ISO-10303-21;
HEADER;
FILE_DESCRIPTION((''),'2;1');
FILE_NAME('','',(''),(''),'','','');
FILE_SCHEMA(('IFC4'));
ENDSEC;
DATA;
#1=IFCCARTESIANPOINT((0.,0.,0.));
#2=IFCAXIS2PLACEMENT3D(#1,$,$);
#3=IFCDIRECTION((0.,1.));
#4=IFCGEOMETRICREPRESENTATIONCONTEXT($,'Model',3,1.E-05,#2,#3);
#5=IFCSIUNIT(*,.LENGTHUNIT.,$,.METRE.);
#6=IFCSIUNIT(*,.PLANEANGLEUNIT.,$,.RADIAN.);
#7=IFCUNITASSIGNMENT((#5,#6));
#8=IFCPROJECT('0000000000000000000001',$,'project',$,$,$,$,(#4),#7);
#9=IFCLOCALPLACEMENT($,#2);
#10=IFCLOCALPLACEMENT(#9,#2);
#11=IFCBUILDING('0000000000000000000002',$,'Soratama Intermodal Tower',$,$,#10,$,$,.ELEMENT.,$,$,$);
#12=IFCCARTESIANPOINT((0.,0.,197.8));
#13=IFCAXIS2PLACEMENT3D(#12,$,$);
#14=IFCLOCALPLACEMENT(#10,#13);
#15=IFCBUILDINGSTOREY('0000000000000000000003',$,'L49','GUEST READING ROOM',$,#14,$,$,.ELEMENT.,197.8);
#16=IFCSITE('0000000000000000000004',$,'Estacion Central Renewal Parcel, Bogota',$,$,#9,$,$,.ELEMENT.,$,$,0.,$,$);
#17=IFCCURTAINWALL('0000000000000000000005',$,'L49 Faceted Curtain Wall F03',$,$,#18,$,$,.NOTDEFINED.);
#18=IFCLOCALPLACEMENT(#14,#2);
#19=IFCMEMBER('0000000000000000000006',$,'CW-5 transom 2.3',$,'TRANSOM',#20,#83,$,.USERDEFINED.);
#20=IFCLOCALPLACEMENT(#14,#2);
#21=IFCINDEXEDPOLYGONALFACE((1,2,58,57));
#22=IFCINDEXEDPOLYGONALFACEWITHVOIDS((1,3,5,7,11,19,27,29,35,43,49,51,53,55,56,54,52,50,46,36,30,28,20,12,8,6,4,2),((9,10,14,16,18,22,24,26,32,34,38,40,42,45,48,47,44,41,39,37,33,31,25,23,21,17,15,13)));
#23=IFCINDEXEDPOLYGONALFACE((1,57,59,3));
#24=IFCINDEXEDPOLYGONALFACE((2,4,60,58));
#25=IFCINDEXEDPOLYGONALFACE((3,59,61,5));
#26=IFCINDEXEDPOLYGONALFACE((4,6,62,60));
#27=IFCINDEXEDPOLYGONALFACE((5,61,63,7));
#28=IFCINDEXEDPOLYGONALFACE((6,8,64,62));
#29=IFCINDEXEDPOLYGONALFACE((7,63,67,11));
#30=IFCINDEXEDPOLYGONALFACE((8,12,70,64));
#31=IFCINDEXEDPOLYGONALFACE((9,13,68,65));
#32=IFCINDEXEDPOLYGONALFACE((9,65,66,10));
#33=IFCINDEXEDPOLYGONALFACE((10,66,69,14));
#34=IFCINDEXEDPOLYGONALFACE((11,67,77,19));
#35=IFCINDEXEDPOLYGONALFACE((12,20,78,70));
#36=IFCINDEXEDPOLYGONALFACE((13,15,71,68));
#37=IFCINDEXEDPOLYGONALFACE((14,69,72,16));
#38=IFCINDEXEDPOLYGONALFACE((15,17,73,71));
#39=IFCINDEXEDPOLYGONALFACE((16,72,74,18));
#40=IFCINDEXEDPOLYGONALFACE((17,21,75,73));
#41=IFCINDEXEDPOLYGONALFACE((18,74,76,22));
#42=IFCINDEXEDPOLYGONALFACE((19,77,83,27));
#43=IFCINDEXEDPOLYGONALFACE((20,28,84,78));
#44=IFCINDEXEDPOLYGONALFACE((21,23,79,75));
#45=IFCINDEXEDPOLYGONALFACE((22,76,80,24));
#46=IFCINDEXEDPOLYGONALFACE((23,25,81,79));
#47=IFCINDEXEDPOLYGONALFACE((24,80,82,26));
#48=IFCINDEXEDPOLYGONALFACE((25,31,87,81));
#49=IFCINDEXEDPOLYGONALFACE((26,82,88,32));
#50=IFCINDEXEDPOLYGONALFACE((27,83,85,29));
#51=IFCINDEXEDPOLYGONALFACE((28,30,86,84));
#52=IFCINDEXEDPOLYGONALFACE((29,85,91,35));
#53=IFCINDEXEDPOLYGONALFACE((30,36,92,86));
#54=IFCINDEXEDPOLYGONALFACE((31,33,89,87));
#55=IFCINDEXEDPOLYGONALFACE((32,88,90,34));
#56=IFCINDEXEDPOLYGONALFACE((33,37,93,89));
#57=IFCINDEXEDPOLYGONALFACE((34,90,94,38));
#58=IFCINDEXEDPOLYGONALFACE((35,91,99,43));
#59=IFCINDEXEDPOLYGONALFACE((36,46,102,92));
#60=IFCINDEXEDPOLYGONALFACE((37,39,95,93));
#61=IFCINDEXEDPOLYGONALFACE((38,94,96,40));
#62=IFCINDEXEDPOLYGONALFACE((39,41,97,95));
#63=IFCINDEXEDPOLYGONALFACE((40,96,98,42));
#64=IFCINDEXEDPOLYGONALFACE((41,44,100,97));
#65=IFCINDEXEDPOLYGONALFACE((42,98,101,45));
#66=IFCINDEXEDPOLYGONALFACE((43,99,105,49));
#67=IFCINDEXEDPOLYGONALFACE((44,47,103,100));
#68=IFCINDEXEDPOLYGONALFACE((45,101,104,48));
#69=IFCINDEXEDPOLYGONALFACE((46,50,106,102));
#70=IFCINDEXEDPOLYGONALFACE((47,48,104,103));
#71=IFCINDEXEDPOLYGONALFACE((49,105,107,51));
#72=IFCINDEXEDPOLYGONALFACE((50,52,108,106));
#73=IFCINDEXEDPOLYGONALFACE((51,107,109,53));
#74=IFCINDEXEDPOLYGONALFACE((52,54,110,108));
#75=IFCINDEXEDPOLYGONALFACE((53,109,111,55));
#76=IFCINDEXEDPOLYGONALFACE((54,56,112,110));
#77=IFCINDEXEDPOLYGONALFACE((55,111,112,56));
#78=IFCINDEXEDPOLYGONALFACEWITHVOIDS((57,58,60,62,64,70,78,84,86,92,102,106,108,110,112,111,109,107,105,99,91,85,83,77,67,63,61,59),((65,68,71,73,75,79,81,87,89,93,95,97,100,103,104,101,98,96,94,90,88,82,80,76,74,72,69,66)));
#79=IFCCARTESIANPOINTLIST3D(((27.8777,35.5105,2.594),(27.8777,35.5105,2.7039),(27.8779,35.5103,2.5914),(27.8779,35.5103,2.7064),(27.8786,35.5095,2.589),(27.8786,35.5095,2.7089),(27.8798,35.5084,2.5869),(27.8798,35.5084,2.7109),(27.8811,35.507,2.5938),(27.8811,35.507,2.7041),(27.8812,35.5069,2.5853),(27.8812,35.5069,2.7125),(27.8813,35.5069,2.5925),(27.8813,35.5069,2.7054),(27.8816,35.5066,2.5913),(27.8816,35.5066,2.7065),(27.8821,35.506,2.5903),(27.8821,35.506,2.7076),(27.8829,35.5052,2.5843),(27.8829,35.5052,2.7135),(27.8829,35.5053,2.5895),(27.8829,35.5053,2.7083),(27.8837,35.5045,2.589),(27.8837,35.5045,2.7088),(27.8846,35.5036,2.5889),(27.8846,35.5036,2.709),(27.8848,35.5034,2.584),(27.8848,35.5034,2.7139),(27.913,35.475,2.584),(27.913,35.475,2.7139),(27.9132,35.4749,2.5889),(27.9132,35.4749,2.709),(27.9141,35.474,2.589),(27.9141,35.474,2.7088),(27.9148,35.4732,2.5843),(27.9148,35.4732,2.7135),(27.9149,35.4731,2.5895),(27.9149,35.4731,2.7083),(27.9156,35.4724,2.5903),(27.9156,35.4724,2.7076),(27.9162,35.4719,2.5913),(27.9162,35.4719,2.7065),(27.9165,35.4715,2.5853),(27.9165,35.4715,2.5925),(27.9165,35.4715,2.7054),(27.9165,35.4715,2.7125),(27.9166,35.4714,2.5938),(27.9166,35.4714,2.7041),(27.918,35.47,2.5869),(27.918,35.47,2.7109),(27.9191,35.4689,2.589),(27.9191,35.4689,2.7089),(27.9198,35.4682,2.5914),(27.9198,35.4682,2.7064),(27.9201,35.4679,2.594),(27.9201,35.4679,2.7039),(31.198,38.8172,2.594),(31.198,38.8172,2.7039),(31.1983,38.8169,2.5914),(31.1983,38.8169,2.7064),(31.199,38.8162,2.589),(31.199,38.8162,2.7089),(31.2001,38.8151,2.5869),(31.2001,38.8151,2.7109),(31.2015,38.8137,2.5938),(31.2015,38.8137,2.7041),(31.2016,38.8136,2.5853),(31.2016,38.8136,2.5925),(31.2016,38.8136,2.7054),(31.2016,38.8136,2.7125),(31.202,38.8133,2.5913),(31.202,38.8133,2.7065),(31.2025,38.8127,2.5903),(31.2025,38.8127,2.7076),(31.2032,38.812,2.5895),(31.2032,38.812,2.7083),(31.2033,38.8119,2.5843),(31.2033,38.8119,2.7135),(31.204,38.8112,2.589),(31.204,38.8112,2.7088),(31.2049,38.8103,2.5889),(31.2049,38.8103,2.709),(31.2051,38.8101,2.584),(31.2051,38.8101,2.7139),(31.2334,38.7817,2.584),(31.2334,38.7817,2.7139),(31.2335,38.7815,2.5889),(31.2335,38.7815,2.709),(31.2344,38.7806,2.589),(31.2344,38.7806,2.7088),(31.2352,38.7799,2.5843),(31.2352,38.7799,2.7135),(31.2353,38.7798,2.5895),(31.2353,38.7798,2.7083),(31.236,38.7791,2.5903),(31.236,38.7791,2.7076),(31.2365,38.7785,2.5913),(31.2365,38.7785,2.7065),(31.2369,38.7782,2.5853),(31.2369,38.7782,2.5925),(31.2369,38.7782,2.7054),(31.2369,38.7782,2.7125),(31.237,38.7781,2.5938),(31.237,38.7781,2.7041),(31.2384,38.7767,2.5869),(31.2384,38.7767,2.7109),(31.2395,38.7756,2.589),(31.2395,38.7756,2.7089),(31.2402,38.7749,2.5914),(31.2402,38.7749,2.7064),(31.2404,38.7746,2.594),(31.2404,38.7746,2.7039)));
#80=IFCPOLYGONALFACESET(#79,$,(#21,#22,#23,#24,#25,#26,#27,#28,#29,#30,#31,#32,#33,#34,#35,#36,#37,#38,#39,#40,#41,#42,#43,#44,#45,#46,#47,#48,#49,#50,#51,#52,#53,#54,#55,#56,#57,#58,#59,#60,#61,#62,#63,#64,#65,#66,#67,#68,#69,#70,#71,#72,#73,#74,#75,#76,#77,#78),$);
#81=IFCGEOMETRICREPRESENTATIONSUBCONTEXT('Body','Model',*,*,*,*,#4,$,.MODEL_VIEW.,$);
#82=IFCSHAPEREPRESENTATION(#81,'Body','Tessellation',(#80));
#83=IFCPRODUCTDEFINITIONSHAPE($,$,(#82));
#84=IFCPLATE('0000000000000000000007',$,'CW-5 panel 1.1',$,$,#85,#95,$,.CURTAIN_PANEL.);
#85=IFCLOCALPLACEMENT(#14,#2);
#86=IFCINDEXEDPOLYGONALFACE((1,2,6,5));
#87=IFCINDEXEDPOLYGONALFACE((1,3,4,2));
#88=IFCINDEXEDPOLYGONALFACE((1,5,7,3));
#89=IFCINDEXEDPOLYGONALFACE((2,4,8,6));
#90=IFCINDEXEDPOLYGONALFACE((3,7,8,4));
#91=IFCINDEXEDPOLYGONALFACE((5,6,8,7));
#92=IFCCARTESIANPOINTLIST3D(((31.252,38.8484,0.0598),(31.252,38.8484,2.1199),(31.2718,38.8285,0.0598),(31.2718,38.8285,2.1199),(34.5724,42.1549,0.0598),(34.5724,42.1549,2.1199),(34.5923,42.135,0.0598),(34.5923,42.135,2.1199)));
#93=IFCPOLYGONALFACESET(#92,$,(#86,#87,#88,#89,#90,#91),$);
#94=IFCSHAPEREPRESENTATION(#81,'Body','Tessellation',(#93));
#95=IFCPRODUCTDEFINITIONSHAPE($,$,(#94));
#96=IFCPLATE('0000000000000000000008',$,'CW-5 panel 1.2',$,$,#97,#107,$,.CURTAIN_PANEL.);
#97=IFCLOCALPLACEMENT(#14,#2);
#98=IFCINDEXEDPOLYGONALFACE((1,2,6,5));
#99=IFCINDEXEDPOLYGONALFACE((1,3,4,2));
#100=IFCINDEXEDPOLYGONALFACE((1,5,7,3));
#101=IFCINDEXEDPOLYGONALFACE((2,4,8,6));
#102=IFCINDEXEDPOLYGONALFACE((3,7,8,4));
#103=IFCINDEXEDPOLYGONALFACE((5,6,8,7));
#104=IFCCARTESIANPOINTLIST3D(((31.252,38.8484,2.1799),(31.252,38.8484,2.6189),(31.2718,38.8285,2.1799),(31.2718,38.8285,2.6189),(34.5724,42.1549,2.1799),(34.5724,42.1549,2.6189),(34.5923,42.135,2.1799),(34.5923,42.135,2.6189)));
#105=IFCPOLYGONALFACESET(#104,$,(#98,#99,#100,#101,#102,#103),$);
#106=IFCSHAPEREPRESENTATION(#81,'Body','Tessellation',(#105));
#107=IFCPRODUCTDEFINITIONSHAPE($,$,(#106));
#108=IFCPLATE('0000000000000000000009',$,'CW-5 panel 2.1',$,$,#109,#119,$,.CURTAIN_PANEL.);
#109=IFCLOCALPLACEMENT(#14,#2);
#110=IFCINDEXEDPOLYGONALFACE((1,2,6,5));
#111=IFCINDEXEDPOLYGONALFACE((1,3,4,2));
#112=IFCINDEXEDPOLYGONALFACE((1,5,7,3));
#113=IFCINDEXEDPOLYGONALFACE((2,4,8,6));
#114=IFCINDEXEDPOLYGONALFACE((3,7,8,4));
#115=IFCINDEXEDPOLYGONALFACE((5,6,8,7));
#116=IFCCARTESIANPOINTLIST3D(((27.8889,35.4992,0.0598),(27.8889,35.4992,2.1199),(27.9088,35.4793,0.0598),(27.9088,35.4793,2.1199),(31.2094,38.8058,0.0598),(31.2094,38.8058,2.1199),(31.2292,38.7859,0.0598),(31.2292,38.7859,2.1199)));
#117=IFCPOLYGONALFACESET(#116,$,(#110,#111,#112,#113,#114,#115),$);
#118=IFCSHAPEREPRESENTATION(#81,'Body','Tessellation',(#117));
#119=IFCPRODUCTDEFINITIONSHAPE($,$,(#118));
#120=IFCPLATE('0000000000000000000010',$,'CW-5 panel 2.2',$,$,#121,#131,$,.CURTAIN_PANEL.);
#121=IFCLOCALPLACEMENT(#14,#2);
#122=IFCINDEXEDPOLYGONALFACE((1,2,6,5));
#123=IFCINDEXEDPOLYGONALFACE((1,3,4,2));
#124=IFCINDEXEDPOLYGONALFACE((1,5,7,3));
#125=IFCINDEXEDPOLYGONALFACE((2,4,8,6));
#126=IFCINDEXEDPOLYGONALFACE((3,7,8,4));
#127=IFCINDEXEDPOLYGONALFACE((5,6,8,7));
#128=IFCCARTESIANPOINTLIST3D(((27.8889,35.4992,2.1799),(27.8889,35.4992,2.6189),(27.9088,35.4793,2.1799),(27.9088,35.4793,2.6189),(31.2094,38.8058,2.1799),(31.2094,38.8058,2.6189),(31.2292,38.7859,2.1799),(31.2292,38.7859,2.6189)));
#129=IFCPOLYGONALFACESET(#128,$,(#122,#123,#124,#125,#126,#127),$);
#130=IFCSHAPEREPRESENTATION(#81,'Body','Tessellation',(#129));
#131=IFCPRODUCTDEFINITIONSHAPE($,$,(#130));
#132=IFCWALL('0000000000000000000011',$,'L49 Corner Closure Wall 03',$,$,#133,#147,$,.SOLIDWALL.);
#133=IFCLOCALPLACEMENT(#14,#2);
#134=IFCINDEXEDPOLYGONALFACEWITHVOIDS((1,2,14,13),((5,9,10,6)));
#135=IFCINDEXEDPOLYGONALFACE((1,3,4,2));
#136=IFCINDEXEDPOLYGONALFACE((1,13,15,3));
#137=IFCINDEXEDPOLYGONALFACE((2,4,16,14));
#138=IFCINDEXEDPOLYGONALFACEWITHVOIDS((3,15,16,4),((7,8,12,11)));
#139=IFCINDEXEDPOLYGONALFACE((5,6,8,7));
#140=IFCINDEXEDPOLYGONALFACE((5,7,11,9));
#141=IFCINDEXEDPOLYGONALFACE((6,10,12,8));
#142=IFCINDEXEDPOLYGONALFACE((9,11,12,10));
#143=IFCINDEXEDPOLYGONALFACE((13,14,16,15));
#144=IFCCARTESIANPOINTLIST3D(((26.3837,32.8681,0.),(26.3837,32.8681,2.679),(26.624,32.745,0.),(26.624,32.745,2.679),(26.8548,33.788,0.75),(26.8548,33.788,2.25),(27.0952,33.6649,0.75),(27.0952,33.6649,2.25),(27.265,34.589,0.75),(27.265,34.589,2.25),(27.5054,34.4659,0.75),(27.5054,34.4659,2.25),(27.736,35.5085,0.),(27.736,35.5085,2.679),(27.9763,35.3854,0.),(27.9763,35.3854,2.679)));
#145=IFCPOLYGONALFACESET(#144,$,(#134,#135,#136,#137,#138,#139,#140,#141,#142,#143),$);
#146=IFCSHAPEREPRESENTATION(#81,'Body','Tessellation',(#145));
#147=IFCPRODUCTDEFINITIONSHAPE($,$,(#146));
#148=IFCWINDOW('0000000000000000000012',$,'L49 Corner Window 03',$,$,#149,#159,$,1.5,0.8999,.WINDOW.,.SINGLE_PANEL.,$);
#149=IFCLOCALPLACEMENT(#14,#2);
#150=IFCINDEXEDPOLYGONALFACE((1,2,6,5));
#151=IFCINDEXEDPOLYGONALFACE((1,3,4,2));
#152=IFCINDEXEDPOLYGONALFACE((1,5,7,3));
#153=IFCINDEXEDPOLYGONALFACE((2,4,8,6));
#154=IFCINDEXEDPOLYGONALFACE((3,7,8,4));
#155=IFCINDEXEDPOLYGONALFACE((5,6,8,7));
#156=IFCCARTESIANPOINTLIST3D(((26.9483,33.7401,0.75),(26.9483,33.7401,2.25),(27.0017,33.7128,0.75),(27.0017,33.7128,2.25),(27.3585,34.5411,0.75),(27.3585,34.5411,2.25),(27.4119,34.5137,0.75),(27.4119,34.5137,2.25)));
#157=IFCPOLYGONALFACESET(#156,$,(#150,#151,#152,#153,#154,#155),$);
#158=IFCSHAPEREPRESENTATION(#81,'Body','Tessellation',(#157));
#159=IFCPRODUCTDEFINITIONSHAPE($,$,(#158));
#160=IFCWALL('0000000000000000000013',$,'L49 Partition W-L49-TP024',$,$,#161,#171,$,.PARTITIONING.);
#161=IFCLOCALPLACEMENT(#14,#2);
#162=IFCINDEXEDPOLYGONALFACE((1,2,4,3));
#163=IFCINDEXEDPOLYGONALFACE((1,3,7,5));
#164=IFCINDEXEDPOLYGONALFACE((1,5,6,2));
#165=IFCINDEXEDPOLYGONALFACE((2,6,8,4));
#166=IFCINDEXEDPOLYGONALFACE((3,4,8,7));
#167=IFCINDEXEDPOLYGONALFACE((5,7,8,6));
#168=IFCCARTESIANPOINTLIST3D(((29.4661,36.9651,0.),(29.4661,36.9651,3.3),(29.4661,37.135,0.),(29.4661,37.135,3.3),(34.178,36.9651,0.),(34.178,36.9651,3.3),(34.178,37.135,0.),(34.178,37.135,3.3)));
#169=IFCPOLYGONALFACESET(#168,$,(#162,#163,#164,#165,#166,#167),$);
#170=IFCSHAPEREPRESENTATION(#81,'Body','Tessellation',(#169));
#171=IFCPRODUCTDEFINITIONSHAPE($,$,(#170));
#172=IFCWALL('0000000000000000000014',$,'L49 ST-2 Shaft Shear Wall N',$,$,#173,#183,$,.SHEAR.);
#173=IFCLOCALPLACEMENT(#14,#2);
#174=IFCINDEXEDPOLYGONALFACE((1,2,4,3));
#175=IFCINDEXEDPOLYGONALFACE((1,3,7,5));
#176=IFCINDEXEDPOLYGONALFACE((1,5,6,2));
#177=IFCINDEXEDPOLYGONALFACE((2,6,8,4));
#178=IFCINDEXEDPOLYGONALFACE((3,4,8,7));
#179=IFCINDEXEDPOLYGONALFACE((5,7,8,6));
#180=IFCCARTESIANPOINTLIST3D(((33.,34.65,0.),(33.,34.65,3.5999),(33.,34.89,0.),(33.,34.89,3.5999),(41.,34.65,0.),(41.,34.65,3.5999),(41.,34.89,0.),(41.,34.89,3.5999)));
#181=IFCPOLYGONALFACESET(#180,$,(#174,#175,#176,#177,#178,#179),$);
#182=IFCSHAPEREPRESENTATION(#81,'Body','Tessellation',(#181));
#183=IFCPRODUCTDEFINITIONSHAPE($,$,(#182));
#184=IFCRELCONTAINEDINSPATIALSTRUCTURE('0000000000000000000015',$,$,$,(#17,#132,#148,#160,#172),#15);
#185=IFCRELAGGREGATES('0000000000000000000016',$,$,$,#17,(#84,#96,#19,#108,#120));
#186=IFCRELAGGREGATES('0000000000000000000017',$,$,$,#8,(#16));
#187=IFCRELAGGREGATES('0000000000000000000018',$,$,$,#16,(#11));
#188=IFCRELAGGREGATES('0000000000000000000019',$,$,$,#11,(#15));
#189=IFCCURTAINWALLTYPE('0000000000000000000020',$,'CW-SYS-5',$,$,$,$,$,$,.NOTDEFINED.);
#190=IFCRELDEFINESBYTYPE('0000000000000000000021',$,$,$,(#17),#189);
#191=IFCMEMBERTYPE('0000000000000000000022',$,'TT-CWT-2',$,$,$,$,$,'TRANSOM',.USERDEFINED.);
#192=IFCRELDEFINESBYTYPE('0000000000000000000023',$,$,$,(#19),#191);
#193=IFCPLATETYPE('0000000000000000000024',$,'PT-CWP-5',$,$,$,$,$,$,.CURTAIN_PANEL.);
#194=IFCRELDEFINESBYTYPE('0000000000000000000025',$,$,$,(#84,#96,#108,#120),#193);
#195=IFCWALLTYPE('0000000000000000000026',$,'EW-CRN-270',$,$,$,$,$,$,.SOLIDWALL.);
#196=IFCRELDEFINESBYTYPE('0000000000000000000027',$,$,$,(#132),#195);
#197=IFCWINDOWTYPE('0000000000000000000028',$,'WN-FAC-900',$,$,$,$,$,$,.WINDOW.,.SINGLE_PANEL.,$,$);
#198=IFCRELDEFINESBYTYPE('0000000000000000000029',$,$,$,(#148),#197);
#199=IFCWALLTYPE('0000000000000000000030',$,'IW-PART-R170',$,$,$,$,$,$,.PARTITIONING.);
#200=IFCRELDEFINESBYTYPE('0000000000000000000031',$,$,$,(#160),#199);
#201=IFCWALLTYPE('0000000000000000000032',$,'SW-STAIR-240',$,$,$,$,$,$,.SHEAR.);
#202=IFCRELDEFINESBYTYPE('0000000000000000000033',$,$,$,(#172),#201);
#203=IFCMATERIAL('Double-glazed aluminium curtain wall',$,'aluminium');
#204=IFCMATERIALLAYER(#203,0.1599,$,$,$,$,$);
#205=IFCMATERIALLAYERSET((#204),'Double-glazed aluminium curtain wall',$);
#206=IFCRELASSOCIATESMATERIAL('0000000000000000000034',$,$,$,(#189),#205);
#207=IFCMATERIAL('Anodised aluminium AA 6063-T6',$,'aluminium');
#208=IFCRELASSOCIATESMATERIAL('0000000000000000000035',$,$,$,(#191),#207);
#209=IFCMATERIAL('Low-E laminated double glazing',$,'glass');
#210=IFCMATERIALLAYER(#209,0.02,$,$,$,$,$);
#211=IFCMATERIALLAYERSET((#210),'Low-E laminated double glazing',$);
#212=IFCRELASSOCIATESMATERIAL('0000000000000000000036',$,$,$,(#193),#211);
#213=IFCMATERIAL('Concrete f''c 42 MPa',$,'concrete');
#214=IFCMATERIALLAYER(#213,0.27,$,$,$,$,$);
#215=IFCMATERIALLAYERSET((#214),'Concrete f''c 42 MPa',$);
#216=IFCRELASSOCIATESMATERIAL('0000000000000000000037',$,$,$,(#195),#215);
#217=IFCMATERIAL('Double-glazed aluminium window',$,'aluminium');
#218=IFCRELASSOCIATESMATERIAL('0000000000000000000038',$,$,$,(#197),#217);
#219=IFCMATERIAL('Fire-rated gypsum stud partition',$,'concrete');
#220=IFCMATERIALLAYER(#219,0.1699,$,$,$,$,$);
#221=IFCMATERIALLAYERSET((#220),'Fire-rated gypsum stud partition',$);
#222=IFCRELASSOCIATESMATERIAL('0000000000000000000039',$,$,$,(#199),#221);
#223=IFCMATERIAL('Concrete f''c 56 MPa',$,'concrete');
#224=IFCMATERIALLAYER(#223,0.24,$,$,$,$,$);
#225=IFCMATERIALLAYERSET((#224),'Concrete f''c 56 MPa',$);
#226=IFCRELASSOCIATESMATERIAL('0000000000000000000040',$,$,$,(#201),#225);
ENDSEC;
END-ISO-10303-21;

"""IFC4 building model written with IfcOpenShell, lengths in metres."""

from ifc_helpers import new_model, si_unit, direction, frame, frame_2d, origin, origin_2d, place, context, subcontext, project, spatial, rectangle, hollow_rectangle, extrude, material, layer, layer_set, material_profile, profile_set, type_object, element, fill, aggregate, save


model = new_model("IFC4")

# Units and contexts
model_context = context("Model", 3, precision=1e-05, world=origin(), true_north=direction((0.0, 1.0)))
body_context = subcontext(model_context, "Body", "Model", "MODEL_VIEW")
ifc_project = project(units=[si_unit("LENGTHUNIT", "METRE"), si_unit("PLANEANGLEUNIT", "RADIAN")], contexts=[model_context])

# Site, building, storey
site_placement = place(None, origin())
site = spatial("IfcSite", under=ifc_project, at=site_placement, Name="Estacion Central Renewal Parcel, Bogota", CompositionType="ELEMENT", RefElevation=0.0)
building_placement = place(site_placement, origin())
building = spatial("IfcBuilding", under=site, at=building_placement, Name="Soratama Intermodal Tower", CompositionType="ELEMENT")
storey_placement = place(building_placement, frame((0.0, 0.0, 197.8)))
storey = spatial("IfcBuildingStorey", under=building, at=storey_placement, Name="L49", Description="GUEST READING ROOM", CompositionType="ELEMENT", Elevation=197.8)

# Curtain wall, member, plates
ifc_material_1 = material(Name="Double-glazed aluminium curtain wall", Category="aluminium")
ifc_layer_1 = layer(ifc_material_1, 0.1599)
ifc_layer_set_1 = layer_set([ifc_layer_1], Name="Double-glazed aluminium curtain wall")
curtain_wall_type = type_object("IfcCurtainWallType", Name="CW-SYS-5", PredefinedType="NOTDEFINED", material=ifc_layer_set_1)
curtain_wall_placement = place(storey_placement, origin())
curtain_wall = element("IfcCurtainWall", 1, at=curtain_wall_placement, inside=storey, type_object=curtain_wall_type, Name="L49 Faceted Curtain Wall F03", PredefinedType="NOTDEFINED")
ifc_material_2 = material(Name="Anodised aluminium AA 6063-T6", Category="aluminium")
ifc_material_profile_1 = material_profile(ifc_material_2, hollow_rectangle(XDim=0.0601, YDim=0.1299, WallThickness=0.0049, InnerFilletRadius=0.0049, OuterFilletRadius=0.01, at=origin_2d()), Name="CWT130X60X5")
ifc_profile_set_1 = profile_set([ifc_material_profile_1], Name="Anodised aluminium AA 6063-T6")
member_type_1 = type_object("IfcMemberType", Name="TT-CWT-2", ElementType="TRANSOM", PredefinedType="USERDEFINED", material=ifc_profile_set_1)
member_1_placement = place(storey_placement, frame((31.2192, 38.7959, 2.6489), z_axis=(-0.708564, -0.705646, 0.0), x_axis=(0.705646, -0.708564, 0.0)))
member_1 = element("IfcMember", 2, at=member_1_placement, type_object=member_type_1, Name="CW-5 transom 2.3", ObjectType="TRANSOM", PredefinedType="USERDEFINED", context=body_context, shape_type="SweptSolid", body=[
    extrude(hollow_rectangle(XDim=0.0601, YDim=0.1299, WallThickness=0.0049, InnerFilletRadius=0.0049, OuterFilletRadius=0.01, at=origin_2d()), origin(), (0.0, 0.0, 1.0), 4.686),
])
ifc_material_3 = material(Name="Low-E laminated double glazing", Category="glass")
ifc_layer_2 = layer(ifc_material_3, 0.02)
ifc_layer_set_2 = layer_set([ifc_layer_2], Name="Low-E laminated double glazing")
plate_type = type_object("IfcPlateType", Name="PT-CWP-5", PredefinedType="CURTAIN_PANEL", material=ifc_layer_set_2)
plate_1_placement = place(storey_placement, frame((32.9221, 40.4917, 0.0598), z_axis=(0.0, 0.0, 1.0), x_axis=(-0.708587, -0.705624, 0.0)))
plate_1 = element("IfcPlate", 3, at=plate_1_placement, type_object=plate_type, Name="CW-5 panel 1.1", PredefinedType="CURTAIN_PANEL", context=body_context, shape_type="SweptSolid", body=[
    extrude(rectangle(XDim=4.686, YDim=0.0281, at=origin_2d()), origin(), (0.0, 0.0, 1.0), 2.0601),
])
plate_2_placement = place(storey_placement, frame((32.9221, 40.4917, 2.1799), z_axis=(0.0, 0.0, 1.0), x_axis=(-0.708587, -0.705624, 0.0)))
plate_2 = element("IfcPlate", 4, at=plate_2_placement, type_object=plate_type, Name="CW-5 panel 1.2", PredefinedType="CURTAIN_PANEL", context=body_context, shape_type="SweptSolid", body=[
    extrude(rectangle(XDim=4.686, YDim=0.0281, at=origin_2d()), origin(), (0.0, 0.0, 1.0), 0.439),
])
plate_3_placement = place(storey_placement, frame((29.5591, 37.1426, 0.0598), z_axis=(0.0, 0.0, 1.0), x_axis=(-0.708587, -0.705624, 0.0)))
plate_3 = element("IfcPlate", 5, at=plate_3_placement, type_object=plate_type, Name="CW-5 panel 2.1", PredefinedType="CURTAIN_PANEL", context=body_context, shape_type="SweptSolid", body=[
    extrude(rectangle(XDim=4.686, YDim=0.0281, at=origin_2d()), origin(), (0.0, 0.0, 1.0), 2.0601),
])
plate_4_placement = place(storey_placement, frame((29.5591, 37.1426, 2.1799), z_axis=(0.0, 0.0, 1.0), x_axis=(-0.708587, -0.705624, 0.0)))
plate_4 = element("IfcPlate", 6, at=plate_4_placement, type_object=plate_type, Name="CW-5 panel 2.2", PredefinedType="CURTAIN_PANEL", context=body_context, shape_type="SweptSolid", body=[
    extrude(rectangle(XDim=4.686, YDim=0.0281, at=origin_2d()), origin(), (0.0, 0.0, 1.0), 0.439),
])
aggregate(curtain_wall, [plate_1, plate_2, member_1, plate_3, plate_4])

# Wall, opening, window
ifc_material_4 = material(Name="Concrete f'c 42 MPa", Category="concrete")
ifc_layer_3 = layer(ifc_material_4, 0.27)
ifc_layer_set_3 = layer_set([ifc_layer_3], Name="Concrete f'c 42 MPa")
wall_type_1 = type_object("IfcWallType", Name="EW-CRN-270", PredefinedType="SOLIDWALL", material=ifc_layer_set_3)
wall_1_placement = place(storey_placement, frame((27.8562, 35.447, 0.0), z_axis=(0.0, 0.0, 1.0), x_axis=(-0.45585, -0.890056, 0.0)))
wall_1 = element("IfcWall", 7, at=wall_1_placement, inside=storey, type_object=wall_type_1, Name="L49 Corner Closure Wall 03", PredefinedType="SOLIDWALL", context=body_context, shape_type="SweptSolid", body=[
    extrude(rectangle(XDim=2.9666, YDim=0.27, at=frame_2d((1.4834, 0.0))), origin(), (0.0, 0.0, 1.0), 2.679),
])
opening_placement = place(wall_1_placement, frame((1.0332, 0.0, 0.75)))
opening = element("IfcOpeningElement", 8, at=opening_placement, cuts=wall_1, PredefinedType="OPENING", context=body_context, shape_type="SweptSolid", body=[
    extrude(rectangle(XDim=0.8999, YDim=1.5, at=frame_2d((0.45, 0.75))), frame((0.0, 0.145, 0.0), z_axis=(0.0, -1.0, 0.0), x_axis=(1.0, 0.0, 0.0)), (0.0, 0.0, 1.0), 0.29),
])
ifc_material_5 = material(Name="Double-glazed aluminium window", Category="aluminium")
window_type = type_object("IfcWindowType", Name="WN-FAC-900", PartitioningType="SINGLE_PANEL", PredefinedType="WINDOW", material=ifc_material_5)
window_placement = place(opening_placement, origin())
window = element("IfcWindow", 9, at=window_placement, inside=storey, type_object=window_type, Name="L49 Corner Window 03", OverallHeight=1.5, OverallWidth=0.8999, PartitioningType="SINGLE_PANEL", PredefinedType="WINDOW", context=body_context, shape_type="SweptSolid", body=[
    extrude(rectangle(XDim=0.8999, YDim=1.5, at=frame_2d((0.45, 0.75))), frame((0.0, 0.03, 0.0), z_axis=(0.0, -1.0, 0.0), x_axis=(1.0, 0.0, 0.0)), (0.0, 0.0, 1.0), 0.0601),
])
fill(opening, window)

# Walls
ifc_material_6 = material(Name="Fire-rated gypsum stud partition", Category="concrete")
ifc_layer_4 = layer(ifc_material_6, 0.1699)
ifc_layer_set_4 = layer_set([ifc_layer_4], Name="Fire-rated gypsum stud partition")
wall_type_2 = type_object("IfcWallType", Name="IW-PART-R170", PredefinedType="PARTITIONING", material=ifc_layer_set_4)
wall_2_placement = place(storey_placement, frame((29.4661, 37.05, 0.0), z_axis=(0.0, 0.0, 1.0), x_axis=(1.0, 0.0, 0.0)))
element("IfcWall", 10, at=wall_2_placement, inside=storey, type_object=wall_type_2, Name="L49 Partition W-L49-TP024", PredefinedType="PARTITIONING", context=body_context, shape_type="SweptSolid", body=[
    extrude(rectangle(XDim=4.7119, YDim=0.1699, at=frame_2d((2.356, 0.0))), origin(), (0.0, 0.0, 1.0), 3.3),
])
ifc_material_7 = material(Name="Concrete f'c 56 MPa", Category="concrete")
ifc_layer_5 = layer(ifc_material_7, 0.24)
ifc_layer_set_5 = layer_set([ifc_layer_5], Name="Concrete f'c 56 MPa")
wall_type_3 = type_object("IfcWallType", Name="SW-STAIR-240", PredefinedType="SHEAR", material=ifc_layer_set_5)
wall_3_placement = place(storey_placement, frame((33.0, 34.77, 0.0), z_axis=(0.0, 0.0, 1.0), x_axis=(1.0, 0.0, 0.0)))
element("IfcWall", 11, at=wall_3_placement, inside=storey, type_object=wall_type_3, Name="L49 ST-2 Shaft Shear Wall N", PredefinedType="SHEAR", context=body_context, shape_type="SweptSolid", body=[
    extrude(rectangle(XDim=8.0, YDim=0.24, at=frame_2d((4.0, 0.0))), origin(), (0.0, 0.0, 1.0), 3.5999),
])

save(model, "model.ifc")
